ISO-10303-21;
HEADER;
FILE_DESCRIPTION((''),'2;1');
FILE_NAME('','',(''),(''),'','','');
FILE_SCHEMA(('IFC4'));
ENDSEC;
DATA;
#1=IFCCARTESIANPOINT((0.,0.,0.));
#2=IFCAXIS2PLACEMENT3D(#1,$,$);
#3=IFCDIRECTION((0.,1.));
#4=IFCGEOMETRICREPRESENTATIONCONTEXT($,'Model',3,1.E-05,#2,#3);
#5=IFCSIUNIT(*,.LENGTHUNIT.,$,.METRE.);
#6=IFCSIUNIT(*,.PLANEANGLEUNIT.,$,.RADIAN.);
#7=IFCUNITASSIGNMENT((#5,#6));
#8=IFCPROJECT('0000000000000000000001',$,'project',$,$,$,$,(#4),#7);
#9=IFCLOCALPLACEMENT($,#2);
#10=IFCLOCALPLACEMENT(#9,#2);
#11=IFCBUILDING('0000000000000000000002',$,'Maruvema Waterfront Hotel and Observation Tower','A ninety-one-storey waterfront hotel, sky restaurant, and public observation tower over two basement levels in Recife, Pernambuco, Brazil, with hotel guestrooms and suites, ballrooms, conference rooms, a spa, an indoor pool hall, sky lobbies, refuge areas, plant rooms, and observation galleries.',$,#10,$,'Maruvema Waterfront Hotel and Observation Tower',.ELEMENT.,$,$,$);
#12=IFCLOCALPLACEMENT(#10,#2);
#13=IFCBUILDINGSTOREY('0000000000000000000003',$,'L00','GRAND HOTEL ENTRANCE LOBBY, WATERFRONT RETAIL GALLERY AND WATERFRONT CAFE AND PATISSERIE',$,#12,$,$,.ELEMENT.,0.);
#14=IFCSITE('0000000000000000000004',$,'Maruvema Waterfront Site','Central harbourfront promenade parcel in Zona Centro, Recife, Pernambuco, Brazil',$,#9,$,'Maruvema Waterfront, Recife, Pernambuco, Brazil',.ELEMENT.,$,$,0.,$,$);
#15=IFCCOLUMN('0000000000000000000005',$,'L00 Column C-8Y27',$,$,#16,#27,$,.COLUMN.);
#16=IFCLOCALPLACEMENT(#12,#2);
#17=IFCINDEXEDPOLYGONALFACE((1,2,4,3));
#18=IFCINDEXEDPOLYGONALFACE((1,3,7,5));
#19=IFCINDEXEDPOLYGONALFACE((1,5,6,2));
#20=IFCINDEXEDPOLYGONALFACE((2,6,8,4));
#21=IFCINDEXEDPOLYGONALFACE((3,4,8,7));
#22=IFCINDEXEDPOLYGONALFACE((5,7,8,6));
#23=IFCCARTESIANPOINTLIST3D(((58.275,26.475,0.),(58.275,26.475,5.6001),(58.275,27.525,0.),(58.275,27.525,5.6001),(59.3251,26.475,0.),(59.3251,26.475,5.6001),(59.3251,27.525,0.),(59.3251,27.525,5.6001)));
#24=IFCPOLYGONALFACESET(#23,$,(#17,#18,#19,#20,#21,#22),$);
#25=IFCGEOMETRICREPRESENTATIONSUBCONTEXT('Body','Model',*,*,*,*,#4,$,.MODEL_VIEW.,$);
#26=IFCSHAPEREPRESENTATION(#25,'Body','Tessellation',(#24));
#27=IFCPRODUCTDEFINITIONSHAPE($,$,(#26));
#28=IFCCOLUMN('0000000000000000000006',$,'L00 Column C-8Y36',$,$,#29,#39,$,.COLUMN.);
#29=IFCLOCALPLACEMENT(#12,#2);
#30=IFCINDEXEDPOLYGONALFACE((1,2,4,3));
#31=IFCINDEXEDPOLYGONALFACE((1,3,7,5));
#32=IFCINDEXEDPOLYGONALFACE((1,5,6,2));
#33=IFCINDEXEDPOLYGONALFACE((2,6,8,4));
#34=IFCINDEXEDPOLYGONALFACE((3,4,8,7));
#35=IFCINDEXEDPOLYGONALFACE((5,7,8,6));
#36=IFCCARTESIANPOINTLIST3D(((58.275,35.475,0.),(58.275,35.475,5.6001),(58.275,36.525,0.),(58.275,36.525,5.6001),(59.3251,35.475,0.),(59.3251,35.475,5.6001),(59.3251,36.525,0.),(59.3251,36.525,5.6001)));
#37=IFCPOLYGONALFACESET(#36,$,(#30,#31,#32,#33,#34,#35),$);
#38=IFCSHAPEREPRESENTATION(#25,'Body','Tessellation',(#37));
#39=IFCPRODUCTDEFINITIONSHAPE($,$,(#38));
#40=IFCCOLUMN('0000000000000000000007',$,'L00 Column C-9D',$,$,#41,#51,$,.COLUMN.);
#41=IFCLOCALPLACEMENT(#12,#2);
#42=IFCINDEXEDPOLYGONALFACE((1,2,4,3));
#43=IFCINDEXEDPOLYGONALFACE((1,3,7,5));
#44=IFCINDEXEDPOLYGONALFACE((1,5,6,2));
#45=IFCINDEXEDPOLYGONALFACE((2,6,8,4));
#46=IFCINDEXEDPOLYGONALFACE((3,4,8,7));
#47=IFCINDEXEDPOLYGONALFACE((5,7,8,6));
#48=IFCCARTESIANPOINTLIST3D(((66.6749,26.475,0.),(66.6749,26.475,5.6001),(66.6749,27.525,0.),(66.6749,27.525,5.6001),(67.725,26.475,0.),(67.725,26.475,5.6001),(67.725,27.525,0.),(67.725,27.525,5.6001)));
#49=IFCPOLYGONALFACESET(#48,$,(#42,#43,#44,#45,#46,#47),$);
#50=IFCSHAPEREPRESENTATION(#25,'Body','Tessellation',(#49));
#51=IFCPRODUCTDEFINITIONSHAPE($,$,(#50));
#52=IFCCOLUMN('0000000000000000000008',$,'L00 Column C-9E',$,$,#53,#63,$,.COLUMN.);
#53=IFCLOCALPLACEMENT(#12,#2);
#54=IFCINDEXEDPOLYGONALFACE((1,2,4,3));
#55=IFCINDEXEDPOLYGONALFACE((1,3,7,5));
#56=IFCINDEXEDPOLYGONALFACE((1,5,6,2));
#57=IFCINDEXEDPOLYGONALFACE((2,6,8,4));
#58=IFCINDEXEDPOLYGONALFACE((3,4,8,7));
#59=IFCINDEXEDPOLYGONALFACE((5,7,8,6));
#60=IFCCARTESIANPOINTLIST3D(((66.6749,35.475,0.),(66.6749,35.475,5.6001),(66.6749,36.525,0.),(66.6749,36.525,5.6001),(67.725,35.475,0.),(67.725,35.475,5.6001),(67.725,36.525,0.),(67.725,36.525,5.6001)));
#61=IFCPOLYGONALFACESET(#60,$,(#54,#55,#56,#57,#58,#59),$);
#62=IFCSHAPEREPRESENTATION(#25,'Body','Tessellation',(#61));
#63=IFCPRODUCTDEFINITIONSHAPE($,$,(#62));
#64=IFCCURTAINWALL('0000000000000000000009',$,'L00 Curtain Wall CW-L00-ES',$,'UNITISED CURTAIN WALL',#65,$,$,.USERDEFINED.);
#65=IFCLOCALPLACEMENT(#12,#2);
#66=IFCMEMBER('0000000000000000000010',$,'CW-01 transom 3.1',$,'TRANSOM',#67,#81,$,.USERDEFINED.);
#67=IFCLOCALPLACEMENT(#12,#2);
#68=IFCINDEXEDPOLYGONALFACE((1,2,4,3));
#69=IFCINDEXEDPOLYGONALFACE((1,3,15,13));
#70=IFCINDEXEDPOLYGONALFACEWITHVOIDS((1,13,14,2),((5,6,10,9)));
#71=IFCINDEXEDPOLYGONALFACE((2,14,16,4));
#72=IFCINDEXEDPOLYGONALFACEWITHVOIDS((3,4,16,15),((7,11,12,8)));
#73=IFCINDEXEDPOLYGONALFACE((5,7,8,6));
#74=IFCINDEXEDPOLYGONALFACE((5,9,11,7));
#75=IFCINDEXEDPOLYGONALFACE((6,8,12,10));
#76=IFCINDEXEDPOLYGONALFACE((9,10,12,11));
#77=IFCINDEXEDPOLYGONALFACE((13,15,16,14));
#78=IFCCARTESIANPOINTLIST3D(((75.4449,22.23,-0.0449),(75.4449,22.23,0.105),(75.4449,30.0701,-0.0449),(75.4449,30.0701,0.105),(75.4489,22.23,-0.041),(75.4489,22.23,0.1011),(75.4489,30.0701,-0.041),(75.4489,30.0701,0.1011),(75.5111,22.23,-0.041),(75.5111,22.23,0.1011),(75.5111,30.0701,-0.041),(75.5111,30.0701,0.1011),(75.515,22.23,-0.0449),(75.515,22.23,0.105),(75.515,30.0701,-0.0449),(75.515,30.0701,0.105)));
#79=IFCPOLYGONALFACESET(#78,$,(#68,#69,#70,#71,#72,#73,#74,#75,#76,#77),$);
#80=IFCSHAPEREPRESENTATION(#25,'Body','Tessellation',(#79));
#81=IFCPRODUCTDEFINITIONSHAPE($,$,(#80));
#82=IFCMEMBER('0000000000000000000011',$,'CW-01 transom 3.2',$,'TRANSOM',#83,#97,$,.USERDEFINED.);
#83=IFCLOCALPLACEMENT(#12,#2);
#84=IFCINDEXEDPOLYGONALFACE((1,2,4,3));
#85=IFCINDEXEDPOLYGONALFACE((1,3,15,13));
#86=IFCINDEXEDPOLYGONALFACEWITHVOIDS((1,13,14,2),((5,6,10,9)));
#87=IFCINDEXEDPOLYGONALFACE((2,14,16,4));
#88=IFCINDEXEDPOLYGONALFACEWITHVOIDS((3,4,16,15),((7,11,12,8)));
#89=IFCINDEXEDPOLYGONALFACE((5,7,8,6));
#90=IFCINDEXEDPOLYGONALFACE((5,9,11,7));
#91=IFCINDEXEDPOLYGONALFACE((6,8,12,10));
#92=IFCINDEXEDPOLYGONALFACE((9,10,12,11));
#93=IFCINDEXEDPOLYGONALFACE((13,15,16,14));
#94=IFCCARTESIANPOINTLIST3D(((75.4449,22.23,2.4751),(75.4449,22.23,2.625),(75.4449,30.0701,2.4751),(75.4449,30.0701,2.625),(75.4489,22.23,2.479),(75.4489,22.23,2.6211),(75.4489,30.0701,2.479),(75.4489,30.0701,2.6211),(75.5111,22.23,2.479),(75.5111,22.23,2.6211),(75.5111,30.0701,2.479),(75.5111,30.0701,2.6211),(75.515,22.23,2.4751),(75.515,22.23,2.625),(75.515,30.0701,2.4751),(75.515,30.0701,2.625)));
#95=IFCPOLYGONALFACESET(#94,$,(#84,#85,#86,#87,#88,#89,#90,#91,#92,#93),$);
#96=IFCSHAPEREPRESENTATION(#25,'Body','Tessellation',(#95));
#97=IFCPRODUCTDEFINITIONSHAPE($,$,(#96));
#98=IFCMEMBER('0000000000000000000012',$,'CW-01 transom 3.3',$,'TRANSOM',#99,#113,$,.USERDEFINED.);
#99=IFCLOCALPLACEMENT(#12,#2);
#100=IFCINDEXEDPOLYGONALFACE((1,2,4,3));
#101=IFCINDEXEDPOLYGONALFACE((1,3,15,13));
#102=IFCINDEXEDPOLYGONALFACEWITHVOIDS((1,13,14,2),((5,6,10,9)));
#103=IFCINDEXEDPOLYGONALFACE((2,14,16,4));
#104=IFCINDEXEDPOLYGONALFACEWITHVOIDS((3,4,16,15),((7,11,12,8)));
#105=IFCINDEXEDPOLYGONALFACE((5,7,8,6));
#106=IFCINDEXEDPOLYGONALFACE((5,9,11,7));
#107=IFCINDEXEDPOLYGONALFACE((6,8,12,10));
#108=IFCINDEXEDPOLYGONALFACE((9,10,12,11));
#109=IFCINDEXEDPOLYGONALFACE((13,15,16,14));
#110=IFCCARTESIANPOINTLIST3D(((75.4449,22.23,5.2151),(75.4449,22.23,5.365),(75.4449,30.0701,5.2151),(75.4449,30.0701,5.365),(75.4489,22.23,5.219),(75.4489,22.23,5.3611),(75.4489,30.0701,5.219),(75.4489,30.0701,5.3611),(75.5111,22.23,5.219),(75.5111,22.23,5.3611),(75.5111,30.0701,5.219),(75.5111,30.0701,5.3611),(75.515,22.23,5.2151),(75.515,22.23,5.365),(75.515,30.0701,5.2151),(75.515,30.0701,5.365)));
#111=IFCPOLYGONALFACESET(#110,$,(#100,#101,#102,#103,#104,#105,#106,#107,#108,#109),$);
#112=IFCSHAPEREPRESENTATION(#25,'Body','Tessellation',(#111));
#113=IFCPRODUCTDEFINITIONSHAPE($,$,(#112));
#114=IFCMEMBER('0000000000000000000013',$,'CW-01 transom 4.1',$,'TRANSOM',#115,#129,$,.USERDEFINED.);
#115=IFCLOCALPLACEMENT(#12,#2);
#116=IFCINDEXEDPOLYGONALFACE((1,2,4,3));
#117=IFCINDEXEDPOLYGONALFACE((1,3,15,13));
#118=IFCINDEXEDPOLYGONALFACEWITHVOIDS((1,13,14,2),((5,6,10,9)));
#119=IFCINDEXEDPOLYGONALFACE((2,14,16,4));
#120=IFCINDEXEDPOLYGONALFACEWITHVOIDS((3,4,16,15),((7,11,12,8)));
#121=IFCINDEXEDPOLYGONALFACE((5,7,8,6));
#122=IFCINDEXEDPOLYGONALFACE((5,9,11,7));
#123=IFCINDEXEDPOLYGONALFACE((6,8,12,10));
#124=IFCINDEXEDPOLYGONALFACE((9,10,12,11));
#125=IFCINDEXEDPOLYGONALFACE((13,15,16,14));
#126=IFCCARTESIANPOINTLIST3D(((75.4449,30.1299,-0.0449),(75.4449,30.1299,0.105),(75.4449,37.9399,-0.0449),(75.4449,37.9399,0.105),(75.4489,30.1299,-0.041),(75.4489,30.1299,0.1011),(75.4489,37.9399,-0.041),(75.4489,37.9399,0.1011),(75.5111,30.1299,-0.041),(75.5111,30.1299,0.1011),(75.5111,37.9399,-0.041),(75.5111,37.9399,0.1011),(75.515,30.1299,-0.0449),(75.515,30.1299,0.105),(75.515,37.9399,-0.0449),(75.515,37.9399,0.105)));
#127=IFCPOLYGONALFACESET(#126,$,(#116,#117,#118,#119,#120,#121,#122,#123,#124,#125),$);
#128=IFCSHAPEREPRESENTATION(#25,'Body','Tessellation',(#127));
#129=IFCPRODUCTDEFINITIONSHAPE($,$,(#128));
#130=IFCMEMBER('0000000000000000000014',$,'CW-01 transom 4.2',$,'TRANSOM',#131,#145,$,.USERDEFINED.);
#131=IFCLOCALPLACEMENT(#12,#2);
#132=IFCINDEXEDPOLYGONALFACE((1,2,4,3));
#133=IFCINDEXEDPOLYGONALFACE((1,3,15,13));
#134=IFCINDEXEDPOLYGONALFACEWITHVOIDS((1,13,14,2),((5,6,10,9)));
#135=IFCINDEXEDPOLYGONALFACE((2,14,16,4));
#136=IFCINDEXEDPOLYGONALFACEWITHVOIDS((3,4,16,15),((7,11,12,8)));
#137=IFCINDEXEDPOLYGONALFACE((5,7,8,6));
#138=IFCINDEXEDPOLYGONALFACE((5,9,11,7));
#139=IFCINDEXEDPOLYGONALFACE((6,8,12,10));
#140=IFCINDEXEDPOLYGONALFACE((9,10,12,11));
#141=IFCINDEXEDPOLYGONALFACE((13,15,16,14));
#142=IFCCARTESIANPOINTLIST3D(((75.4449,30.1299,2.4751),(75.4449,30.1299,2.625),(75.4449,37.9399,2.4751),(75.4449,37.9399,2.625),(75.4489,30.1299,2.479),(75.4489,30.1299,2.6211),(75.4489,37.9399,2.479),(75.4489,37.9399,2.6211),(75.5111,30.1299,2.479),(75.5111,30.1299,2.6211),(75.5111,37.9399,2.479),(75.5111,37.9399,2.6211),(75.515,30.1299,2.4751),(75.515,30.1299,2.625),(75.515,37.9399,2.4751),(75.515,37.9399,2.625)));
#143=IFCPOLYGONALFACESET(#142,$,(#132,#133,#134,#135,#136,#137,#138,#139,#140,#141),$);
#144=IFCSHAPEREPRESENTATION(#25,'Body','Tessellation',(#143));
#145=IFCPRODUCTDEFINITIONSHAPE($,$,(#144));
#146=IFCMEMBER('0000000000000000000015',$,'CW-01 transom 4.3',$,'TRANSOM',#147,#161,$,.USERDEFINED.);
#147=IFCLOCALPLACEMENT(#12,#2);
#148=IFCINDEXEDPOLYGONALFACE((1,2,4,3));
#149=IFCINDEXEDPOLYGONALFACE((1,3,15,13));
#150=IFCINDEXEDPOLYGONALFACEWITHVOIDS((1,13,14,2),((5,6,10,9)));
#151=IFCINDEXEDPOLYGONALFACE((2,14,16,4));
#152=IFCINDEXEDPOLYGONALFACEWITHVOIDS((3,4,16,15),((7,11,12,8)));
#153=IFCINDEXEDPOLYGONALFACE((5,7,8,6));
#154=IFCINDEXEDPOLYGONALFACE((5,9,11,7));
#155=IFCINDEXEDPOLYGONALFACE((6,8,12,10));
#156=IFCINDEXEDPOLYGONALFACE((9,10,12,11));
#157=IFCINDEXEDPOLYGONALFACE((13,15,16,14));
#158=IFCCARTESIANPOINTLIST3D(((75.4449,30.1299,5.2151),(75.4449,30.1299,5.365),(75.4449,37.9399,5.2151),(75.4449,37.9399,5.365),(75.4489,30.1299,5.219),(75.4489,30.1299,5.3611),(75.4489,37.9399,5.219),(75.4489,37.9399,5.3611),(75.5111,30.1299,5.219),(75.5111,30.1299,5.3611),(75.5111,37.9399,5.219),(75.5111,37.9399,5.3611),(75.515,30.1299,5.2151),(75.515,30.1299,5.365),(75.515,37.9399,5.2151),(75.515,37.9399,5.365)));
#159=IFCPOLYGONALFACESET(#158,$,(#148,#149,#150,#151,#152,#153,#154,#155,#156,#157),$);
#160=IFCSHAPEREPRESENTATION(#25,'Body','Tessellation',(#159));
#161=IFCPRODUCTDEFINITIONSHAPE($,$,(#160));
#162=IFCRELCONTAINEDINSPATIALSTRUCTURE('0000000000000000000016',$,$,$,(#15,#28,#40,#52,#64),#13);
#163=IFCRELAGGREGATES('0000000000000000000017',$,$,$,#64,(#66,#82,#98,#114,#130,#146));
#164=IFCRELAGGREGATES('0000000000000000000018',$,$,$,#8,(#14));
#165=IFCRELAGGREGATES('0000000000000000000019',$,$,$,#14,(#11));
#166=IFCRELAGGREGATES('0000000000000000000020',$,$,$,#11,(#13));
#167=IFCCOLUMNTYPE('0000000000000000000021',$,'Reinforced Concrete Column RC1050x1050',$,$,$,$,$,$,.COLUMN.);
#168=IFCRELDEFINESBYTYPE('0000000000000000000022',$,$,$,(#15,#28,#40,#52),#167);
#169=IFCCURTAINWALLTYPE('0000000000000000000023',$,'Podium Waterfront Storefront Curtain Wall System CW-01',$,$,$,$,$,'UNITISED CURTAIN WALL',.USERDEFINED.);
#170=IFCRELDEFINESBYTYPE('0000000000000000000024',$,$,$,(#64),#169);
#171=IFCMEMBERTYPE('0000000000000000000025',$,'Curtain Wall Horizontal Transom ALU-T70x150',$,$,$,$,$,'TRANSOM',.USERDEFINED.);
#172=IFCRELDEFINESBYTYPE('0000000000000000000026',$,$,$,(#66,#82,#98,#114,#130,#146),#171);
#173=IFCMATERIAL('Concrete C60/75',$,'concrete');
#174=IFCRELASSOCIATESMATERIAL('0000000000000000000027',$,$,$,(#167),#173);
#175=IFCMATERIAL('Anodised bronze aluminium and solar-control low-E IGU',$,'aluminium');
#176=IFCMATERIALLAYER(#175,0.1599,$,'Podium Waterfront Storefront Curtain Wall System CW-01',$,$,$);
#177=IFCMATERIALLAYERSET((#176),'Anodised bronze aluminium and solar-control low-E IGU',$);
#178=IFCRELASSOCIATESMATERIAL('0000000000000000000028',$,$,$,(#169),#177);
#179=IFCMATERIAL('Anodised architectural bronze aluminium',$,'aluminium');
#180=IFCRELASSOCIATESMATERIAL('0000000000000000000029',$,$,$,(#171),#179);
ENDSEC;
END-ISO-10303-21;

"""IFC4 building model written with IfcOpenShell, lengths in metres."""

from ifc_helpers import new_model, si_unit, direction, frame, origin, origin_2d, place, context, subcontext, project, spatial, rectangle, hollow_rectangle, extrude, material, layer, layer_set, material_profile, profile_set, type_object, element, aggregate, save


model = new_model("IFC4")

# Units and contexts
model_context = context("Model", 3, precision=1e-05, world=origin(), true_north=direction((0.0, 1.0)))
body_context = subcontext(model_context, "Body", "Model", "MODEL_VIEW")
ifc_project = project(units=[si_unit("LENGTHUNIT", "METRE"), si_unit("PLANEANGLEUNIT", "RADIAN")], contexts=[model_context])

# Site, building, storey
site_placement = place(None, origin())
site = spatial("IfcSite", under=ifc_project, at=site_placement, Name="Maruvema Waterfront Site", Description="Central harbourfront promenade parcel in Zona Centro, Recife, Pernambuco, Brazil", LongName="Maruvema Waterfront, Recife, Pernambuco, Brazil", CompositionType="ELEMENT", RefElevation=0.0)
building_placement = place(site_placement, origin())
building = spatial("IfcBuilding", under=site, at=building_placement, Name="Maruvema Waterfront Hotel and Observation Tower", Description="A ninety-one-storey waterfront hotel, sky restaurant, and public observation tower over two basement levels in Recife, Pernambuco, Brazil, with hotel guestrooms and suites, ballrooms, conference rooms, a spa, an indoor pool hall, sky lobbies, refuge areas, plant rooms, and observation galleries.", LongName="Maruvema Waterfront Hotel and Observation Tower", CompositionType="ELEMENT")
storey_placement = place(building_placement, origin())
storey = spatial("IfcBuildingStorey", under=building, at=storey_placement, Name="L00", Description="GRAND HOTEL ENTRANCE LOBBY, WATERFRONT RETAIL GALLERY AND WATERFRONT CAFE AND PATISSERIE", CompositionType="ELEMENT", Elevation=0.0)

# Columns
ifc_material_1 = material(Name="Concrete C60/75", Category="concrete")
ifc_material_profile_1 = material_profile(ifc_material_1, rectangle(XDim=1.05, YDim=1.05, at=origin_2d()), Name="RC1050x1050")
ifc_profile_set_1 = profile_set([ifc_material_profile_1], Name="Concrete C60/75")
column_type = type_object("IfcColumnType", Name="Reinforced Concrete Column RC1050x1050", PredefinedType="COLUMN", material=ifc_profile_set_1)
for number, where, z_axis, x_axis, name in (
    (1, (58.8, 27.0, 0.0), (0.0, 0.0, 1.0), (1.0, 0.0, 0.0), "L00 Column C-8Y27"),
    (2, (58.8, 36.0, 0.0), (0.0, 0.0, 1.0), (1.0, 0.0, 0.0), "L00 Column C-8Y36"),
    (3, (67.2, 27.0, 0.0), (0.0, 0.0, 1.0), (1.0, 0.0, 0.0), "L00 Column C-9D"),
    (4, (67.2, 36.0, 0.0), (0.0, 0.0, 1.0), (1.0, 0.0, 0.0), "L00 Column C-9E"),
):
    element("IfcColumn", number, at=place(storey_placement, frame(where, z_axis=z_axis, x_axis=x_axis)), inside=storey, type_object=column_type, Name=name, PredefinedType="COLUMN", context=body_context, shape_type="SweptSolid", body=[
        extrude(rectangle(XDim=1.05, YDim=1.05, at=origin_2d()), origin(), (0.0, 0.0, 1.0), 5.6001),
    ])

# Curtain wall, members
ifc_material_2 = material(Name="Anodised bronze aluminium and solar-control low-E IGU", Category="aluminium")
ifc_layer_1 = layer(ifc_material_2, 0.1599, Name="Podium Waterfront Storefront Curtain Wall System CW-01")
ifc_layer_set_1 = layer_set([ifc_layer_1], Name="Anodised bronze aluminium and solar-control low-E IGU")
curtain_wall_type = type_object("IfcCurtainWallType", Name="Podium Waterfront Storefront Curtain Wall System CW-01", ElementType="UNITISED CURTAIN WALL", PredefinedType="USERDEFINED", material=ifc_layer_set_1)
curtain_wall_placement = place(storey_placement, origin())
curtain_wall = element("IfcCurtainWall", 5, at=curtain_wall_placement, inside=storey, type_object=curtain_wall_type, Name="L00 Curtain Wall CW-L00-ES", ObjectType="UNITISED CURTAIN WALL", PredefinedType="USERDEFINED")
ifc_material_3 = material(Name="Anodised architectural bronze aluminium", Category="aluminium")
ifc_material_profile_2 = material_profile(ifc_material_3, hollow_rectangle(XDim=0.0701, YDim=0.1499, WallThickness=0.0039, at=origin_2d()), Name="ALU-T70x150")
ifc_profile_set_2 = profile_set([ifc_material_profile_2], Name="Anodised architectural bronze aluminium")
member_type_1 = type_object("IfcMemberType", Name="Curtain Wall Horizontal Transom ALU-T70x150", ElementType="TRANSOM", PredefinedType="USERDEFINED", material=ifc_profile_set_2)
member_1_placement = place(storey_placement, frame((75.48, 22.23, 0.03), z_axis=(0.0, 1.0, 0.0), x_axis=(-1.0, 0.0, 0.0)))
member_1 = element("IfcMember", 6, at=member_1_placement, type_object=member_type_1, Name="CW-01 transom 3.1", ObjectType="TRANSOM", PredefinedType="USERDEFINED", context=body_context, shape_type="SweptSolid", body=[
    extrude(hollow_rectangle(XDim=0.0701, YDim=0.1499, WallThickness=0.0039, at=origin_2d()), origin(), (0.0, 0.0, 1.0), 7.8401),
])
member_2_placement = place(storey_placement, frame((75.48, 22.23, 2.55), z_axis=(0.0, 1.0, 0.0), x_axis=(-1.0, 0.0, 0.0)))
member_2 = element("IfcMember", 7, at=member_2_placement, type_object=member_type_1, Name="CW-01 transom 3.2", ObjectType="TRANSOM", PredefinedType="USERDEFINED", context=body_context, shape_type="SweptSolid", body=[
    extrude(hollow_rectangle(XDim=0.0701, YDim=0.1499, WallThickness=0.0039, at=origin_2d()), origin(), (0.0, 0.0, 1.0), 7.8401),
])
member_3_placement = place(storey_placement, frame((75.48, 22.23, 5.29), z_axis=(0.0, 1.0, 0.0), x_axis=(-1.0, 0.0, 0.0)))
member_3 = element("IfcMember", 8, at=member_3_placement, type_object=member_type_1, Name="CW-01 transom 3.3", ObjectType="TRANSOM", PredefinedType="USERDEFINED", context=body_context, shape_type="SweptSolid", body=[
    extrude(hollow_rectangle(XDim=0.0701, YDim=0.1499, WallThickness=0.0039, at=origin_2d()), origin(), (0.0, 0.0, 1.0), 7.8401),
])
member_4_placement = place(storey_placement, frame((75.48, 30.1299, 0.03), z_axis=(0.0, 1.0, 0.0), x_axis=(-1.0, 0.0, 0.0)))
member_4 = element("IfcMember", 9, at=member_4_placement, type_object=member_type_1, Name="CW-01 transom 4.1", ObjectType="TRANSOM", PredefinedType="USERDEFINED", context=body_context, shape_type="SweptSolid", body=[
    extrude(hollow_rectangle(XDim=0.0701, YDim=0.1499, WallThickness=0.0039, at=origin_2d()), origin(), (0.0, 0.0, 1.0), 7.8101),
])
member_5_placement = place(storey_placement, frame((75.48, 30.1299, 2.55), z_axis=(0.0, 1.0, 0.0), x_axis=(-1.0, 0.0, 0.0)))
member_5 = element("IfcMember", 10, at=member_5_placement, type_object=member_type_1, Name="CW-01 transom 4.2", ObjectType="TRANSOM", PredefinedType="USERDEFINED", context=body_context, shape_type="SweptSolid", body=[
    extrude(hollow_rectangle(XDim=0.0701, YDim=0.1499, WallThickness=0.0039, at=origin_2d()), origin(), (0.0, 0.0, 1.0), 7.8101),
])
member_6_placement = place(storey_placement, frame((75.48, 30.1299, 5.29), z_axis=(0.0, 1.0, 0.0), x_axis=(-1.0, 0.0, 0.0)))
member_6 = element("IfcMember", 11, at=member_6_placement, type_object=member_type_1, Name="CW-01 transom 4.3", ObjectType="TRANSOM", PredefinedType="USERDEFINED", context=body_context, shape_type="SweptSolid", body=[
    extrude(hollow_rectangle(XDim=0.0701, YDim=0.1499, WallThickness=0.0039, at=origin_2d()), origin(), (0.0, 0.0, 1.0), 7.8101),
])

aggregate(curtain_wall, [member_1, member_2, member_3, member_4, member_5, member_6])

save(model, "model.ifc")
